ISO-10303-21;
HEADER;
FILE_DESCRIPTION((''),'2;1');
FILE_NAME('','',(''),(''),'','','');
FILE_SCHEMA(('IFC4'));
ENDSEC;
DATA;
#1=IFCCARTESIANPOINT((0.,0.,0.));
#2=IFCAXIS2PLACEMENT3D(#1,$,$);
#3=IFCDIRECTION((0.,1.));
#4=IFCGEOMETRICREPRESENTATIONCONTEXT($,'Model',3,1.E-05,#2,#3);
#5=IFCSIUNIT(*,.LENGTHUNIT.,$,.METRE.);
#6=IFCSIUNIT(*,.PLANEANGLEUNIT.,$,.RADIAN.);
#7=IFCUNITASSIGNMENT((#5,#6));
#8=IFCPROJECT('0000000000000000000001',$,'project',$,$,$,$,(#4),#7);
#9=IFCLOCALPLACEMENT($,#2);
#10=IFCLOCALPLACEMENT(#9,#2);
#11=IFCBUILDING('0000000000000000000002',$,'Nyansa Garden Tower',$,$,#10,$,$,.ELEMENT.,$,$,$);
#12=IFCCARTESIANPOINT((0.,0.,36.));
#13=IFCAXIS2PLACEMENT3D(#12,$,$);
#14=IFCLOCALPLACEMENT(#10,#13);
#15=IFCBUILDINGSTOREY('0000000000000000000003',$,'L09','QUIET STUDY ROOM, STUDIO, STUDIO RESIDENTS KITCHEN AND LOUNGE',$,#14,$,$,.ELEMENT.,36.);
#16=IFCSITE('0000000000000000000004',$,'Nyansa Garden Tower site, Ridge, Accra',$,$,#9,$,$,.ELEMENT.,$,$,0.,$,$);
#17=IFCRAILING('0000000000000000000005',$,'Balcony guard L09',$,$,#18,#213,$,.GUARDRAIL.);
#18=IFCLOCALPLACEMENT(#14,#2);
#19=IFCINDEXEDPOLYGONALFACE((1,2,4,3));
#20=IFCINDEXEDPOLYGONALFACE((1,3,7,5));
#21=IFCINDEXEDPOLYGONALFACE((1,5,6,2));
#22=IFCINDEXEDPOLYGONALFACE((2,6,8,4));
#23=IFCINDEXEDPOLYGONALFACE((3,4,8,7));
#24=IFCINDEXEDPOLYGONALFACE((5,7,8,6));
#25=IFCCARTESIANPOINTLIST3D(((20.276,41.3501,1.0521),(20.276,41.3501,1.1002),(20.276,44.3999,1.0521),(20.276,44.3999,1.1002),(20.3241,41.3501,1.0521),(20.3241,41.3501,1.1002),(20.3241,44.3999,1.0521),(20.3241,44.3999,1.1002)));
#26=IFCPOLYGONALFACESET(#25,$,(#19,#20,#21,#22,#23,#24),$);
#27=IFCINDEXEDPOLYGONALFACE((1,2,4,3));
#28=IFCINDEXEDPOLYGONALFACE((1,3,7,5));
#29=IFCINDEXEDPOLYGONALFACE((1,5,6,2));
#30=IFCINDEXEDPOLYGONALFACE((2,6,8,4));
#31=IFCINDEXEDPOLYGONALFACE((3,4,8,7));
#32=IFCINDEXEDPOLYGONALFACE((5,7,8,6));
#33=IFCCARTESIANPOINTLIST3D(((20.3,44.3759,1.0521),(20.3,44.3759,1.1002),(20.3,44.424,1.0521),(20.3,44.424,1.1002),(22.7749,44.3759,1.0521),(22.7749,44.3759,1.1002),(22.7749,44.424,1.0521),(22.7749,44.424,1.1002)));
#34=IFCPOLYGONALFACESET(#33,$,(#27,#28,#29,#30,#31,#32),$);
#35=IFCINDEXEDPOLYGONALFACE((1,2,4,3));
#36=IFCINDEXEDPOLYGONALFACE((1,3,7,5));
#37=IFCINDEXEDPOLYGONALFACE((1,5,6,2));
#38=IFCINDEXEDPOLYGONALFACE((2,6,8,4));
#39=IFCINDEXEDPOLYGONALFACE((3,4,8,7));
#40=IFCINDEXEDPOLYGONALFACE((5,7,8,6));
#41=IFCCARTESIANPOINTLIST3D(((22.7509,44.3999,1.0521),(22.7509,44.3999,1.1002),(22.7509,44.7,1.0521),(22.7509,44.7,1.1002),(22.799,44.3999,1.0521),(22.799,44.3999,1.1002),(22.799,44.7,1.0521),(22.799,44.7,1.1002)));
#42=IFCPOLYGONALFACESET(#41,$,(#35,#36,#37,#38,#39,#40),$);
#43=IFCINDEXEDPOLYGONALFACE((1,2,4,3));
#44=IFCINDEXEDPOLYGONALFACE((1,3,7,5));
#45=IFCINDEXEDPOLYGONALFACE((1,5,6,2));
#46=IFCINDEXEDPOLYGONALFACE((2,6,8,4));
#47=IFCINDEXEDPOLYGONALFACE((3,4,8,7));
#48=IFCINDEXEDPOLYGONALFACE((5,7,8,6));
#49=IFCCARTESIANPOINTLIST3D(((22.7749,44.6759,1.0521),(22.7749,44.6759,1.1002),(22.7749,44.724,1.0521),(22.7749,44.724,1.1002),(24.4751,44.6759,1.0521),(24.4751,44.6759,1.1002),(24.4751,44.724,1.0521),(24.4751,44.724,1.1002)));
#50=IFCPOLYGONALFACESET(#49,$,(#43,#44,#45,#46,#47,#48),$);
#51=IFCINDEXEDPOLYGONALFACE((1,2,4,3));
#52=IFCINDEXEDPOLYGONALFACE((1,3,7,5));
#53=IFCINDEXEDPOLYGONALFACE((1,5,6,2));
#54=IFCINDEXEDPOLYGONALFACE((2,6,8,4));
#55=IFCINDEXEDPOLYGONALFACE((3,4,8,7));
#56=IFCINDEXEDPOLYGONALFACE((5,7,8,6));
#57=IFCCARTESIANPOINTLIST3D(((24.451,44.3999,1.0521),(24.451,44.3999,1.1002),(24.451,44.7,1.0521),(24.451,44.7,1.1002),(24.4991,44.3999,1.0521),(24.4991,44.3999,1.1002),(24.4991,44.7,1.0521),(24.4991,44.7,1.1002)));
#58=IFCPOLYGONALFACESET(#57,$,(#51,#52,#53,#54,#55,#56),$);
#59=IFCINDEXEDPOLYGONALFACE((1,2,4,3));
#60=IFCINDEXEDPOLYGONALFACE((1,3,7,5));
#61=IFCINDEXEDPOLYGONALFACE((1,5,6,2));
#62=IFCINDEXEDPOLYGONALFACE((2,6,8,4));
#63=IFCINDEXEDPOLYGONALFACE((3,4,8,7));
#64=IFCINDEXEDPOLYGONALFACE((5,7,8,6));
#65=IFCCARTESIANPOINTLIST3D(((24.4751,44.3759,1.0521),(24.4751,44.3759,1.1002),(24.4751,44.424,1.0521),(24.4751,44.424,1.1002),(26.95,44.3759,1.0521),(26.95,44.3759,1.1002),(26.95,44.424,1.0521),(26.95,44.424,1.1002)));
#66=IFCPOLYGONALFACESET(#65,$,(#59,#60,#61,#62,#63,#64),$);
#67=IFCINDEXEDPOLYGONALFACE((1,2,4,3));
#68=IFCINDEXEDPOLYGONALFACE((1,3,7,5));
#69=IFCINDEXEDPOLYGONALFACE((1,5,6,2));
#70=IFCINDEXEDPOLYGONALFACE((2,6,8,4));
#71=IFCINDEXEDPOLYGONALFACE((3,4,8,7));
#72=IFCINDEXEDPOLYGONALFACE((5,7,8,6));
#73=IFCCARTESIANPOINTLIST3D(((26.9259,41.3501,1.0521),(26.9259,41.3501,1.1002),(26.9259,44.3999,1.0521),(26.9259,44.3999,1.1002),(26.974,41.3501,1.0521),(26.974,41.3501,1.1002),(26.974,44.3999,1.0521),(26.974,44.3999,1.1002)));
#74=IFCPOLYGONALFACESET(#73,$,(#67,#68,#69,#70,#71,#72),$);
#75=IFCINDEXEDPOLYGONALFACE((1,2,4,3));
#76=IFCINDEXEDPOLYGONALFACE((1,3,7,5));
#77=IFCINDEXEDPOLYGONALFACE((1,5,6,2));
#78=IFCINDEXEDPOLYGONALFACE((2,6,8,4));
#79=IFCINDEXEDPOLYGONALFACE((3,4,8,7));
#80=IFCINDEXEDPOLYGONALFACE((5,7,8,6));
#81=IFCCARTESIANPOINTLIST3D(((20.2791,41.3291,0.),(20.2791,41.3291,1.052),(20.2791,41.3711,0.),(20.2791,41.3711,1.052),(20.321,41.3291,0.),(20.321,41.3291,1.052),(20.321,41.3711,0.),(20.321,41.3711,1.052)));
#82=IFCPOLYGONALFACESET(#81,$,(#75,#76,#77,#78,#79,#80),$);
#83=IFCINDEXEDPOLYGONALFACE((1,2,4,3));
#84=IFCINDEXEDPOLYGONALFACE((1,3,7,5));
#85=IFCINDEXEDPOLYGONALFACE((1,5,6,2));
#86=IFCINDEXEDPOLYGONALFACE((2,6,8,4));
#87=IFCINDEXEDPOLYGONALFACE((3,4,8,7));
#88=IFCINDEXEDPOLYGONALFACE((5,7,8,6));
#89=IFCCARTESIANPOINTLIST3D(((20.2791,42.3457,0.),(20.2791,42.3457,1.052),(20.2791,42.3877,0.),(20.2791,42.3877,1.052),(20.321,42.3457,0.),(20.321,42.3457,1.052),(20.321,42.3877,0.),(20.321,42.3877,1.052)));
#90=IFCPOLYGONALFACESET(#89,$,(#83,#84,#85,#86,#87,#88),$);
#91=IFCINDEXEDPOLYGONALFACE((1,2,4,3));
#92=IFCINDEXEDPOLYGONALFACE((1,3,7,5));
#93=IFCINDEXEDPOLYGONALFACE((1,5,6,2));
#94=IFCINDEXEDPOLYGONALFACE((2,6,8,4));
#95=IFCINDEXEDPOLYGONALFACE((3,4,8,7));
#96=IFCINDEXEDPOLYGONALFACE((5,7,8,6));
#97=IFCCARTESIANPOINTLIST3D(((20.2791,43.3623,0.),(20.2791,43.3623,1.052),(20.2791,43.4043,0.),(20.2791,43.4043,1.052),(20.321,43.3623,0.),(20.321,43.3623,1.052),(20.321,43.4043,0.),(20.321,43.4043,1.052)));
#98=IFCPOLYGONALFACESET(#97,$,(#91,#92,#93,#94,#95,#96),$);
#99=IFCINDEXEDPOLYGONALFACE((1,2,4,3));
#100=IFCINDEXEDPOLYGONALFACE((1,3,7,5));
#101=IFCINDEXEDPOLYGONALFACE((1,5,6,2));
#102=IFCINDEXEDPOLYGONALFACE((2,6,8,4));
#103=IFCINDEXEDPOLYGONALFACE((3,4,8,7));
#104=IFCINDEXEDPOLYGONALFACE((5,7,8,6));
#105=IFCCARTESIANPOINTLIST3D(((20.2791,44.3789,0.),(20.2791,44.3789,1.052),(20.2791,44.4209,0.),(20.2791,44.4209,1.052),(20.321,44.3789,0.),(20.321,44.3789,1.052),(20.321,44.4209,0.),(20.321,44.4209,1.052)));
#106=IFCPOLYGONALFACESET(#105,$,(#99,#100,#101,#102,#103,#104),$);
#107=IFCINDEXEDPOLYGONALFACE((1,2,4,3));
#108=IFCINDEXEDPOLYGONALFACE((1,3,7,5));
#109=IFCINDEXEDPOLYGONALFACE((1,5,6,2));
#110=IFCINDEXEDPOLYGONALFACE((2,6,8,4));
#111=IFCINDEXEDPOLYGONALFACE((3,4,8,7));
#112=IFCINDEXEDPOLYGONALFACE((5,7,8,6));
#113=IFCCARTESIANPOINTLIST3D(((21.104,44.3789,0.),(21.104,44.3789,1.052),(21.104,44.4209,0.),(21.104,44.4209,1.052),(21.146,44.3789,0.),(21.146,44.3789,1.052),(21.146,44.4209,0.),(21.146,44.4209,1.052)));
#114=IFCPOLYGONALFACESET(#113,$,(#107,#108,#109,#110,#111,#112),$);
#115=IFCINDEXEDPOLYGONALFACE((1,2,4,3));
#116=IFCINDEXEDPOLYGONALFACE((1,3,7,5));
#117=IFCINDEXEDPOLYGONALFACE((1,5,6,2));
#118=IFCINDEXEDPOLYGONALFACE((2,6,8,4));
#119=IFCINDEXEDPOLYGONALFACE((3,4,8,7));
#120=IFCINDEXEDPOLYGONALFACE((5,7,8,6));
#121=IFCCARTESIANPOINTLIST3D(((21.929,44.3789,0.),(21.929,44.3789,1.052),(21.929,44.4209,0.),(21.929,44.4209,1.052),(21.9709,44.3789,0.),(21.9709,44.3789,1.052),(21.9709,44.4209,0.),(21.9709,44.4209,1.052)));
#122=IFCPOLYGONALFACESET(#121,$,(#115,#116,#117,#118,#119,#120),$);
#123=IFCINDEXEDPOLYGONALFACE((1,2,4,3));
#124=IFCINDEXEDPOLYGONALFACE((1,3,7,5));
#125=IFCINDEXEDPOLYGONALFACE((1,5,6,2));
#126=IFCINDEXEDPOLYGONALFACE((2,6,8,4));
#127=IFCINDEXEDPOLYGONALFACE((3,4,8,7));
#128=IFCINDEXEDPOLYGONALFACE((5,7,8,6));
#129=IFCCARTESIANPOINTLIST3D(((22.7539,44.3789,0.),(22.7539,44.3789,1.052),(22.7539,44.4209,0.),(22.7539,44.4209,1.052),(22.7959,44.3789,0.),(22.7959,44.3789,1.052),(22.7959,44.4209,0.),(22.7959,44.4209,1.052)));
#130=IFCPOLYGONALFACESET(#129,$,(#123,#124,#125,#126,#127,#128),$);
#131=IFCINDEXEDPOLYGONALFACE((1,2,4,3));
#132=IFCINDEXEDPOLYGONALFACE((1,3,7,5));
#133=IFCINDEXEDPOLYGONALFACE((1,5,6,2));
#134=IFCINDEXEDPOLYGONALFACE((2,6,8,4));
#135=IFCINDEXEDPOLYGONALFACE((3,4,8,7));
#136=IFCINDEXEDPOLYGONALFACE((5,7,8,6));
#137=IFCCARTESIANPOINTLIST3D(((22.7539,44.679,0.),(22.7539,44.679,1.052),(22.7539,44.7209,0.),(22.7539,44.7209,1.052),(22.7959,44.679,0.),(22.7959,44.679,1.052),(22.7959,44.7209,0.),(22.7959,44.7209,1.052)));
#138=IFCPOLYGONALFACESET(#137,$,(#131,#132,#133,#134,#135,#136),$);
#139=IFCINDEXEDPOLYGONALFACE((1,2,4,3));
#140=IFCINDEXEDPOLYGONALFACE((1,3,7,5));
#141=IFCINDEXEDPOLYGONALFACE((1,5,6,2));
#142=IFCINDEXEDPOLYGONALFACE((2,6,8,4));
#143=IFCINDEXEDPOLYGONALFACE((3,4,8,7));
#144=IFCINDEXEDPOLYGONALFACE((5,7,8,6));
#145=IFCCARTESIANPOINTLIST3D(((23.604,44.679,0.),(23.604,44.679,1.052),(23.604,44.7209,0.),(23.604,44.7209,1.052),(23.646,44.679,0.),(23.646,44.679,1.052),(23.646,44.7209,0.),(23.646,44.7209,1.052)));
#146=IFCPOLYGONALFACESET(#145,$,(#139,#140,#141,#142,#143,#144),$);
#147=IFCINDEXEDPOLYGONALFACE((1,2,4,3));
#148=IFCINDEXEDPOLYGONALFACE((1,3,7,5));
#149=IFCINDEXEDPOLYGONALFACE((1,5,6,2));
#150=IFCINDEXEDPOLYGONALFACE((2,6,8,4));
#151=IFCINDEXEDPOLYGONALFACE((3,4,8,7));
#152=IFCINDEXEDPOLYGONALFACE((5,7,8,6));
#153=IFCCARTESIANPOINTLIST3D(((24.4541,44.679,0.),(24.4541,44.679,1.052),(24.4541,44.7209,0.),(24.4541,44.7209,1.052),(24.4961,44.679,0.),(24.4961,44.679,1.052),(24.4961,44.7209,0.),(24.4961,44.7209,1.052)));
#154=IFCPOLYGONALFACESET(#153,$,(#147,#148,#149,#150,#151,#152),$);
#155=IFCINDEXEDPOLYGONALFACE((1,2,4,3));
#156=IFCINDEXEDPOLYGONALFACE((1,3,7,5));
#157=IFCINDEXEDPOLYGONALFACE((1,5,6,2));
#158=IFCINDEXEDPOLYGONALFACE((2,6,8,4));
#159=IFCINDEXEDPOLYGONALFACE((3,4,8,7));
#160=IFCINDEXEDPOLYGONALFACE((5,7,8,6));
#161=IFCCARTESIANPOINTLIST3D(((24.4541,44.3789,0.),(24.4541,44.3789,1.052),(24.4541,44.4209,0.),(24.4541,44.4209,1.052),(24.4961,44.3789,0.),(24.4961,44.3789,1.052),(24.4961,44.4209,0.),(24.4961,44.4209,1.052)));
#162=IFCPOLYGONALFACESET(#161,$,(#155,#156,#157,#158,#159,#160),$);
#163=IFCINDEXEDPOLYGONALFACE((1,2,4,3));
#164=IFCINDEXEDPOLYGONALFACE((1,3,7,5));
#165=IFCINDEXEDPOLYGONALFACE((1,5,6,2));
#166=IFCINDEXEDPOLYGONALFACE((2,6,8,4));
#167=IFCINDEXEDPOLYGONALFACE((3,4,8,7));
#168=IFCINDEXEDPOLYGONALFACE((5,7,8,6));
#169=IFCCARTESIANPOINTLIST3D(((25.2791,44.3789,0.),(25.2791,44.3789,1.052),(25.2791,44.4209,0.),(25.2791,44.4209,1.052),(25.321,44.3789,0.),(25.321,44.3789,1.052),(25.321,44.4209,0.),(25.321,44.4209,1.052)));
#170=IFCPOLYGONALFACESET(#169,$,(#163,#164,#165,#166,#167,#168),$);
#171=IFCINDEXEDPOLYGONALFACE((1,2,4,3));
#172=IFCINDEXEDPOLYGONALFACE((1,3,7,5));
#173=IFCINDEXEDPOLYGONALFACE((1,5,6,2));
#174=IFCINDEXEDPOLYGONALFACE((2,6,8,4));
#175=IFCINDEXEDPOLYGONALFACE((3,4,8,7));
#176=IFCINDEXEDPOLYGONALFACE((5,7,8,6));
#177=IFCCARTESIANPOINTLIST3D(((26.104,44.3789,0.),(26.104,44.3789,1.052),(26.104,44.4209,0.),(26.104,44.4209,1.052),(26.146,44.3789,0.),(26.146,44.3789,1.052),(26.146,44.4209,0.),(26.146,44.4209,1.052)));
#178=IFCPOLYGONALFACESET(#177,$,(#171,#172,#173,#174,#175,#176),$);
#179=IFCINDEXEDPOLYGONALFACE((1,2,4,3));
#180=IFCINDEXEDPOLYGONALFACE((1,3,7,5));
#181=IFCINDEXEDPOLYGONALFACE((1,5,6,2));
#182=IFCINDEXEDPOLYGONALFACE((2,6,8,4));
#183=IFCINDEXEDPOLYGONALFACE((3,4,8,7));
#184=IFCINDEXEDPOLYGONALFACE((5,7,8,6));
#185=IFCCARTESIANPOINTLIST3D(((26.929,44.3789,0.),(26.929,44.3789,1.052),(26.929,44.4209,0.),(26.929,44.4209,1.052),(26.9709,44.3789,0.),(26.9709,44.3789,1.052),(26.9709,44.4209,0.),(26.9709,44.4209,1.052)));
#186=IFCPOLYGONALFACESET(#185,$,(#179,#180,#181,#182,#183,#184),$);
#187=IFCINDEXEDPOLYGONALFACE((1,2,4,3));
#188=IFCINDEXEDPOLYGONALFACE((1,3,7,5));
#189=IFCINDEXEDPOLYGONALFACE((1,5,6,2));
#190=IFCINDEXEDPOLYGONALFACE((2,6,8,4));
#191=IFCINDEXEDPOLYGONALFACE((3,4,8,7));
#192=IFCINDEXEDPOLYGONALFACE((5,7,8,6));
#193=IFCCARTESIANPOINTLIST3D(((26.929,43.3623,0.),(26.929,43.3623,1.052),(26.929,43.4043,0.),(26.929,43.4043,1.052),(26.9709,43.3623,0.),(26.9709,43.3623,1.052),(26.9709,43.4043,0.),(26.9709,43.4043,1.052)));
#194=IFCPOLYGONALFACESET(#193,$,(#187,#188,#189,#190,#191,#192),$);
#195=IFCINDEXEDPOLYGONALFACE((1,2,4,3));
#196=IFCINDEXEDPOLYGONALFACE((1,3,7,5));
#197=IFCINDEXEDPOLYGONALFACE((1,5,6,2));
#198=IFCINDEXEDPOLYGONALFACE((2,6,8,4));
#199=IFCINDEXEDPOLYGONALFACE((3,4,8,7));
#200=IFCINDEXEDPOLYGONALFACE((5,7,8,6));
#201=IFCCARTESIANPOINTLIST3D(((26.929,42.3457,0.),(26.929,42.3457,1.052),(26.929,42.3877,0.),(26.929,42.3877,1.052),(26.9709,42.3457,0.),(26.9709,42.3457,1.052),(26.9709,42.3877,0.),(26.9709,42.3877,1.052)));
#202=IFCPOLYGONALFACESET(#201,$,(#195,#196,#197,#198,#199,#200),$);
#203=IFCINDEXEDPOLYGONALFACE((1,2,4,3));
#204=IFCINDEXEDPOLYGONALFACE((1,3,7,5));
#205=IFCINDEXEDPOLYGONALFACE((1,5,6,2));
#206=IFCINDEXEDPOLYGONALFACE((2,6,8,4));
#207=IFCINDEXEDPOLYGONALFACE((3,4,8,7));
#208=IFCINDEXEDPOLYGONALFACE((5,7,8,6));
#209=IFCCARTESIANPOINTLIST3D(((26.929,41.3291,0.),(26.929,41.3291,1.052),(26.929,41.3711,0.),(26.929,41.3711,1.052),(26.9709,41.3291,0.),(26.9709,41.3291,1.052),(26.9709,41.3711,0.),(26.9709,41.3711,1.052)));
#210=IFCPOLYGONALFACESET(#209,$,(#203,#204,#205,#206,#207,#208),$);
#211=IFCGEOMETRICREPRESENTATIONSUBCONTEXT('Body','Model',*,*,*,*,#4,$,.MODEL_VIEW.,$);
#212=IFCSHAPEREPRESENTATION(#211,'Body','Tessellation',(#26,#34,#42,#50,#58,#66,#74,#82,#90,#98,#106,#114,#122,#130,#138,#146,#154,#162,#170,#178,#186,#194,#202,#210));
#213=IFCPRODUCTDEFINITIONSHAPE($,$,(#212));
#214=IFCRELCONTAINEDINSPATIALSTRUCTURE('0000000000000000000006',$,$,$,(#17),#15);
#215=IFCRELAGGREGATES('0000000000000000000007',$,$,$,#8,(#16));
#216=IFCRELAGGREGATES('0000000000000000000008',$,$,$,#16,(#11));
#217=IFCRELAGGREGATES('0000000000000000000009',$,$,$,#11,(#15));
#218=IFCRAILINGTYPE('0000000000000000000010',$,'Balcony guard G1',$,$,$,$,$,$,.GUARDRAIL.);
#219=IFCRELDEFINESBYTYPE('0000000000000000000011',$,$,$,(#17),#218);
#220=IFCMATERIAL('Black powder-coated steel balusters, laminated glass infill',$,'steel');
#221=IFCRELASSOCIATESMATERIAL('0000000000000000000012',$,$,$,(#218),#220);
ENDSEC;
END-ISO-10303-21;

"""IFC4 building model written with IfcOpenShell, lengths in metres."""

from ifc_helpers import new_model, si_unit, direction, frame, origin, origin_2d, place, context, subcontext, project, spatial, rectangle, extrude, material, type_object, element, save


model = new_model("IFC4")

# Units and contexts
model_context = context("Model", 3, precision=1e-05, world=origin(), true_north=direction((0.0, 1.0)))
body_context = subcontext(model_context, "Body", "Model", "MODEL_VIEW")
ifc_project = project(units=[si_unit("LENGTHUNIT", "METRE"), si_unit("PLANEANGLEUNIT", "RADIAN")], contexts=[model_context])

# Site, building, storey
site_placement = place(None, origin())
site = spatial("IfcSite", under=ifc_project, at=site_placement, Name="Nyansa Garden Tower site, Ridge, Accra", CompositionType="ELEMENT", RefElevation=0.0)
building_placement = place(site_placement, origin())
building = spatial("IfcBuilding", under=site, at=building_placement, Name="Nyansa Garden Tower", CompositionType="ELEMENT")
storey_placement = place(building_placement, frame((0.0, 0.0, 36.0)))
storey = spatial("IfcBuildingStorey", under=building, at=storey_placement, Name="L09", Description="QUIET STUDY ROOM, STUDIO, STUDIO RESIDENTS KITCHEN AND LOUNGE", CompositionType="ELEMENT", Elevation=36.0)

# Railing
ifc_material_1 = material(Name="Black powder-coated steel balusters, laminated glass infill", Category="steel")
railing_type = type_object("IfcRailingType", Name="Balcony guard G1", PredefinedType="GUARDRAIL", material=ifc_material_1)
railing_placement = place(storey_placement, frame((20.3, 41.3501, 0.0)))
element("IfcRailing", 1, at=railing_placement, inside=storey, type_object=railing_type, Name="Balcony guard L09", PredefinedType="GUARDRAIL", context=body_context, shape_type="SweptSolid", body=[
    extrude(rectangle(XDim=0.0481, YDim=0.0481, at=origin_2d()), frame((0.0, 0.0, 1.0762), z_axis=(0.0, 1.0, 0.0), x_axis=(-1.0, 0.0, 0.0)), (0.0, 0.0, 1.0), 3.0498),
    extrude(rectangle(XDim=0.0481, YDim=0.0481, at=origin_2d()), frame((0.0, 3.0498, 1.0762), z_axis=(1.0, 0.0, 0.0), x_axis=(0.0, 1.0, 0.0)), (0.0, 0.0, 1.0), 2.4749),
    extrude(rectangle(XDim=0.0481, YDim=0.0481, at=origin_2d()), frame((2.4749, 3.0498, 1.0762), z_axis=(0.0, 1.0, 0.0), x_axis=(-1.0, 0.0, 0.0)), (0.0, 0.0, 1.0), 0.3),
    extrude(rectangle(XDim=0.0481, YDim=0.0481, at=origin_2d()), frame((2.4749, 3.3499, 1.0762), z_axis=(1.0, 0.0, 0.0), x_axis=(0.0, 1.0, 0.0)), (0.0, 0.0, 1.0), 1.7002),
    extrude(rectangle(XDim=0.0481, YDim=0.0481, at=origin_2d()), frame((4.175, 3.3499, 1.0762), z_axis=(0.0, -1.0, 0.0), x_axis=(1.0, 0.0, 0.0)), (0.0, 0.0, 1.0), 0.3),
    extrude(rectangle(XDim=0.0481, YDim=0.0481, at=origin_2d()), frame((4.175, 3.0498, 1.0762), z_axis=(1.0, 0.0, 0.0), x_axis=(0.0, 1.0, 0.0)), (0.0, 0.0, 1.0), 2.4749),
    extrude(rectangle(XDim=0.0481, YDim=0.0481, at=origin_2d()), frame((6.6499, 3.0498, 1.0762), z_axis=(0.0, -1.0, 0.0), x_axis=(1.0, 0.0, 0.0)), (0.0, 0.0, 1.0), 3.0498),
    extrude(rectangle(XDim=0.042, YDim=0.042, at=origin_2d()), origin(), (0.0, 0.0, 1.0), 1.052),
    extrude(rectangle(XDim=0.042, YDim=0.042, at=origin_2d()), frame((0.0, 1.0166, 0.0)), (0.0, 0.0, 1.0), 1.052),
    extrude(rectangle(XDim=0.042, YDim=0.042, at=origin_2d()), frame((0.0, 2.0332, 0.0)), (0.0, 0.0, 1.0), 1.052),
    extrude(rectangle(XDim=0.042, YDim=0.042, at=origin_2d()), frame((0.0, 3.0498, 0.0)), (0.0, 0.0, 1.0), 1.052),
    extrude(rectangle(XDim=0.042, YDim=0.042, at=origin_2d()), frame((0.825, 3.0498, 0.0)), (0.0, 0.0, 1.0), 1.052),
    extrude(rectangle(XDim=0.042, YDim=0.042, at=origin_2d()), frame((1.6499, 3.0498, 0.0)), (0.0, 0.0, 1.0), 1.052),
    extrude(rectangle(XDim=0.042, YDim=0.042, at=origin_2d()), frame((2.4749, 3.0498, 0.0)), (0.0, 0.0, 1.0), 1.052),
    extrude(rectangle(XDim=0.042, YDim=0.042, at=origin_2d()), frame((2.4749, 3.3499, 0.0)), (0.0, 0.0, 1.0), 1.052),
    extrude(rectangle(XDim=0.042, YDim=0.042, at=origin_2d()), frame((3.325, 3.3499, 0.0)), (0.0, 0.0, 1.0), 1.052),
    extrude(rectangle(XDim=0.042, YDim=0.042, at=origin_2d()), frame((4.175, 3.3499, 0.0)), (0.0, 0.0, 1.0), 1.052),
    extrude(rectangle(XDim=0.042, YDim=0.042, at=origin_2d()), frame((4.175, 3.0498, 0.0)), (0.0, 0.0, 1.0), 1.052),
    extrude(rectangle(XDim=0.042, YDim=0.042, at=origin_2d()), frame((5.0, 3.0498, 0.0)), (0.0, 0.0, 1.0), 1.052),
    extrude(rectangle(XDim=0.042, YDim=0.042, at=origin_2d()), frame((5.825, 3.0498, 0.0)), (0.0, 0.0, 1.0), 1.052),
    extrude(rectangle(XDim=0.042, YDim=0.042, at=origin_2d()), frame((6.6499, 3.0498, 0.0)), (0.0, 0.0, 1.0), 1.052),
    extrude(rectangle(XDim=0.042, YDim=0.042, at=origin_2d()), frame((6.6499, 2.0332, 0.0)), (0.0, 0.0, 1.0), 1.052),
    extrude(rectangle(XDim=0.042, YDim=0.042, at=origin_2d()), frame((6.6499, 1.0166, 0.0)), (0.0, 0.0, 1.0), 1.052),
    extrude(rectangle(XDim=0.042, YDim=0.042, at=origin_2d()), frame((6.6499, 0.0, 0.0)), (0.0, 0.0, 1.0), 1.052),
])

save(model, "model.ifc")
